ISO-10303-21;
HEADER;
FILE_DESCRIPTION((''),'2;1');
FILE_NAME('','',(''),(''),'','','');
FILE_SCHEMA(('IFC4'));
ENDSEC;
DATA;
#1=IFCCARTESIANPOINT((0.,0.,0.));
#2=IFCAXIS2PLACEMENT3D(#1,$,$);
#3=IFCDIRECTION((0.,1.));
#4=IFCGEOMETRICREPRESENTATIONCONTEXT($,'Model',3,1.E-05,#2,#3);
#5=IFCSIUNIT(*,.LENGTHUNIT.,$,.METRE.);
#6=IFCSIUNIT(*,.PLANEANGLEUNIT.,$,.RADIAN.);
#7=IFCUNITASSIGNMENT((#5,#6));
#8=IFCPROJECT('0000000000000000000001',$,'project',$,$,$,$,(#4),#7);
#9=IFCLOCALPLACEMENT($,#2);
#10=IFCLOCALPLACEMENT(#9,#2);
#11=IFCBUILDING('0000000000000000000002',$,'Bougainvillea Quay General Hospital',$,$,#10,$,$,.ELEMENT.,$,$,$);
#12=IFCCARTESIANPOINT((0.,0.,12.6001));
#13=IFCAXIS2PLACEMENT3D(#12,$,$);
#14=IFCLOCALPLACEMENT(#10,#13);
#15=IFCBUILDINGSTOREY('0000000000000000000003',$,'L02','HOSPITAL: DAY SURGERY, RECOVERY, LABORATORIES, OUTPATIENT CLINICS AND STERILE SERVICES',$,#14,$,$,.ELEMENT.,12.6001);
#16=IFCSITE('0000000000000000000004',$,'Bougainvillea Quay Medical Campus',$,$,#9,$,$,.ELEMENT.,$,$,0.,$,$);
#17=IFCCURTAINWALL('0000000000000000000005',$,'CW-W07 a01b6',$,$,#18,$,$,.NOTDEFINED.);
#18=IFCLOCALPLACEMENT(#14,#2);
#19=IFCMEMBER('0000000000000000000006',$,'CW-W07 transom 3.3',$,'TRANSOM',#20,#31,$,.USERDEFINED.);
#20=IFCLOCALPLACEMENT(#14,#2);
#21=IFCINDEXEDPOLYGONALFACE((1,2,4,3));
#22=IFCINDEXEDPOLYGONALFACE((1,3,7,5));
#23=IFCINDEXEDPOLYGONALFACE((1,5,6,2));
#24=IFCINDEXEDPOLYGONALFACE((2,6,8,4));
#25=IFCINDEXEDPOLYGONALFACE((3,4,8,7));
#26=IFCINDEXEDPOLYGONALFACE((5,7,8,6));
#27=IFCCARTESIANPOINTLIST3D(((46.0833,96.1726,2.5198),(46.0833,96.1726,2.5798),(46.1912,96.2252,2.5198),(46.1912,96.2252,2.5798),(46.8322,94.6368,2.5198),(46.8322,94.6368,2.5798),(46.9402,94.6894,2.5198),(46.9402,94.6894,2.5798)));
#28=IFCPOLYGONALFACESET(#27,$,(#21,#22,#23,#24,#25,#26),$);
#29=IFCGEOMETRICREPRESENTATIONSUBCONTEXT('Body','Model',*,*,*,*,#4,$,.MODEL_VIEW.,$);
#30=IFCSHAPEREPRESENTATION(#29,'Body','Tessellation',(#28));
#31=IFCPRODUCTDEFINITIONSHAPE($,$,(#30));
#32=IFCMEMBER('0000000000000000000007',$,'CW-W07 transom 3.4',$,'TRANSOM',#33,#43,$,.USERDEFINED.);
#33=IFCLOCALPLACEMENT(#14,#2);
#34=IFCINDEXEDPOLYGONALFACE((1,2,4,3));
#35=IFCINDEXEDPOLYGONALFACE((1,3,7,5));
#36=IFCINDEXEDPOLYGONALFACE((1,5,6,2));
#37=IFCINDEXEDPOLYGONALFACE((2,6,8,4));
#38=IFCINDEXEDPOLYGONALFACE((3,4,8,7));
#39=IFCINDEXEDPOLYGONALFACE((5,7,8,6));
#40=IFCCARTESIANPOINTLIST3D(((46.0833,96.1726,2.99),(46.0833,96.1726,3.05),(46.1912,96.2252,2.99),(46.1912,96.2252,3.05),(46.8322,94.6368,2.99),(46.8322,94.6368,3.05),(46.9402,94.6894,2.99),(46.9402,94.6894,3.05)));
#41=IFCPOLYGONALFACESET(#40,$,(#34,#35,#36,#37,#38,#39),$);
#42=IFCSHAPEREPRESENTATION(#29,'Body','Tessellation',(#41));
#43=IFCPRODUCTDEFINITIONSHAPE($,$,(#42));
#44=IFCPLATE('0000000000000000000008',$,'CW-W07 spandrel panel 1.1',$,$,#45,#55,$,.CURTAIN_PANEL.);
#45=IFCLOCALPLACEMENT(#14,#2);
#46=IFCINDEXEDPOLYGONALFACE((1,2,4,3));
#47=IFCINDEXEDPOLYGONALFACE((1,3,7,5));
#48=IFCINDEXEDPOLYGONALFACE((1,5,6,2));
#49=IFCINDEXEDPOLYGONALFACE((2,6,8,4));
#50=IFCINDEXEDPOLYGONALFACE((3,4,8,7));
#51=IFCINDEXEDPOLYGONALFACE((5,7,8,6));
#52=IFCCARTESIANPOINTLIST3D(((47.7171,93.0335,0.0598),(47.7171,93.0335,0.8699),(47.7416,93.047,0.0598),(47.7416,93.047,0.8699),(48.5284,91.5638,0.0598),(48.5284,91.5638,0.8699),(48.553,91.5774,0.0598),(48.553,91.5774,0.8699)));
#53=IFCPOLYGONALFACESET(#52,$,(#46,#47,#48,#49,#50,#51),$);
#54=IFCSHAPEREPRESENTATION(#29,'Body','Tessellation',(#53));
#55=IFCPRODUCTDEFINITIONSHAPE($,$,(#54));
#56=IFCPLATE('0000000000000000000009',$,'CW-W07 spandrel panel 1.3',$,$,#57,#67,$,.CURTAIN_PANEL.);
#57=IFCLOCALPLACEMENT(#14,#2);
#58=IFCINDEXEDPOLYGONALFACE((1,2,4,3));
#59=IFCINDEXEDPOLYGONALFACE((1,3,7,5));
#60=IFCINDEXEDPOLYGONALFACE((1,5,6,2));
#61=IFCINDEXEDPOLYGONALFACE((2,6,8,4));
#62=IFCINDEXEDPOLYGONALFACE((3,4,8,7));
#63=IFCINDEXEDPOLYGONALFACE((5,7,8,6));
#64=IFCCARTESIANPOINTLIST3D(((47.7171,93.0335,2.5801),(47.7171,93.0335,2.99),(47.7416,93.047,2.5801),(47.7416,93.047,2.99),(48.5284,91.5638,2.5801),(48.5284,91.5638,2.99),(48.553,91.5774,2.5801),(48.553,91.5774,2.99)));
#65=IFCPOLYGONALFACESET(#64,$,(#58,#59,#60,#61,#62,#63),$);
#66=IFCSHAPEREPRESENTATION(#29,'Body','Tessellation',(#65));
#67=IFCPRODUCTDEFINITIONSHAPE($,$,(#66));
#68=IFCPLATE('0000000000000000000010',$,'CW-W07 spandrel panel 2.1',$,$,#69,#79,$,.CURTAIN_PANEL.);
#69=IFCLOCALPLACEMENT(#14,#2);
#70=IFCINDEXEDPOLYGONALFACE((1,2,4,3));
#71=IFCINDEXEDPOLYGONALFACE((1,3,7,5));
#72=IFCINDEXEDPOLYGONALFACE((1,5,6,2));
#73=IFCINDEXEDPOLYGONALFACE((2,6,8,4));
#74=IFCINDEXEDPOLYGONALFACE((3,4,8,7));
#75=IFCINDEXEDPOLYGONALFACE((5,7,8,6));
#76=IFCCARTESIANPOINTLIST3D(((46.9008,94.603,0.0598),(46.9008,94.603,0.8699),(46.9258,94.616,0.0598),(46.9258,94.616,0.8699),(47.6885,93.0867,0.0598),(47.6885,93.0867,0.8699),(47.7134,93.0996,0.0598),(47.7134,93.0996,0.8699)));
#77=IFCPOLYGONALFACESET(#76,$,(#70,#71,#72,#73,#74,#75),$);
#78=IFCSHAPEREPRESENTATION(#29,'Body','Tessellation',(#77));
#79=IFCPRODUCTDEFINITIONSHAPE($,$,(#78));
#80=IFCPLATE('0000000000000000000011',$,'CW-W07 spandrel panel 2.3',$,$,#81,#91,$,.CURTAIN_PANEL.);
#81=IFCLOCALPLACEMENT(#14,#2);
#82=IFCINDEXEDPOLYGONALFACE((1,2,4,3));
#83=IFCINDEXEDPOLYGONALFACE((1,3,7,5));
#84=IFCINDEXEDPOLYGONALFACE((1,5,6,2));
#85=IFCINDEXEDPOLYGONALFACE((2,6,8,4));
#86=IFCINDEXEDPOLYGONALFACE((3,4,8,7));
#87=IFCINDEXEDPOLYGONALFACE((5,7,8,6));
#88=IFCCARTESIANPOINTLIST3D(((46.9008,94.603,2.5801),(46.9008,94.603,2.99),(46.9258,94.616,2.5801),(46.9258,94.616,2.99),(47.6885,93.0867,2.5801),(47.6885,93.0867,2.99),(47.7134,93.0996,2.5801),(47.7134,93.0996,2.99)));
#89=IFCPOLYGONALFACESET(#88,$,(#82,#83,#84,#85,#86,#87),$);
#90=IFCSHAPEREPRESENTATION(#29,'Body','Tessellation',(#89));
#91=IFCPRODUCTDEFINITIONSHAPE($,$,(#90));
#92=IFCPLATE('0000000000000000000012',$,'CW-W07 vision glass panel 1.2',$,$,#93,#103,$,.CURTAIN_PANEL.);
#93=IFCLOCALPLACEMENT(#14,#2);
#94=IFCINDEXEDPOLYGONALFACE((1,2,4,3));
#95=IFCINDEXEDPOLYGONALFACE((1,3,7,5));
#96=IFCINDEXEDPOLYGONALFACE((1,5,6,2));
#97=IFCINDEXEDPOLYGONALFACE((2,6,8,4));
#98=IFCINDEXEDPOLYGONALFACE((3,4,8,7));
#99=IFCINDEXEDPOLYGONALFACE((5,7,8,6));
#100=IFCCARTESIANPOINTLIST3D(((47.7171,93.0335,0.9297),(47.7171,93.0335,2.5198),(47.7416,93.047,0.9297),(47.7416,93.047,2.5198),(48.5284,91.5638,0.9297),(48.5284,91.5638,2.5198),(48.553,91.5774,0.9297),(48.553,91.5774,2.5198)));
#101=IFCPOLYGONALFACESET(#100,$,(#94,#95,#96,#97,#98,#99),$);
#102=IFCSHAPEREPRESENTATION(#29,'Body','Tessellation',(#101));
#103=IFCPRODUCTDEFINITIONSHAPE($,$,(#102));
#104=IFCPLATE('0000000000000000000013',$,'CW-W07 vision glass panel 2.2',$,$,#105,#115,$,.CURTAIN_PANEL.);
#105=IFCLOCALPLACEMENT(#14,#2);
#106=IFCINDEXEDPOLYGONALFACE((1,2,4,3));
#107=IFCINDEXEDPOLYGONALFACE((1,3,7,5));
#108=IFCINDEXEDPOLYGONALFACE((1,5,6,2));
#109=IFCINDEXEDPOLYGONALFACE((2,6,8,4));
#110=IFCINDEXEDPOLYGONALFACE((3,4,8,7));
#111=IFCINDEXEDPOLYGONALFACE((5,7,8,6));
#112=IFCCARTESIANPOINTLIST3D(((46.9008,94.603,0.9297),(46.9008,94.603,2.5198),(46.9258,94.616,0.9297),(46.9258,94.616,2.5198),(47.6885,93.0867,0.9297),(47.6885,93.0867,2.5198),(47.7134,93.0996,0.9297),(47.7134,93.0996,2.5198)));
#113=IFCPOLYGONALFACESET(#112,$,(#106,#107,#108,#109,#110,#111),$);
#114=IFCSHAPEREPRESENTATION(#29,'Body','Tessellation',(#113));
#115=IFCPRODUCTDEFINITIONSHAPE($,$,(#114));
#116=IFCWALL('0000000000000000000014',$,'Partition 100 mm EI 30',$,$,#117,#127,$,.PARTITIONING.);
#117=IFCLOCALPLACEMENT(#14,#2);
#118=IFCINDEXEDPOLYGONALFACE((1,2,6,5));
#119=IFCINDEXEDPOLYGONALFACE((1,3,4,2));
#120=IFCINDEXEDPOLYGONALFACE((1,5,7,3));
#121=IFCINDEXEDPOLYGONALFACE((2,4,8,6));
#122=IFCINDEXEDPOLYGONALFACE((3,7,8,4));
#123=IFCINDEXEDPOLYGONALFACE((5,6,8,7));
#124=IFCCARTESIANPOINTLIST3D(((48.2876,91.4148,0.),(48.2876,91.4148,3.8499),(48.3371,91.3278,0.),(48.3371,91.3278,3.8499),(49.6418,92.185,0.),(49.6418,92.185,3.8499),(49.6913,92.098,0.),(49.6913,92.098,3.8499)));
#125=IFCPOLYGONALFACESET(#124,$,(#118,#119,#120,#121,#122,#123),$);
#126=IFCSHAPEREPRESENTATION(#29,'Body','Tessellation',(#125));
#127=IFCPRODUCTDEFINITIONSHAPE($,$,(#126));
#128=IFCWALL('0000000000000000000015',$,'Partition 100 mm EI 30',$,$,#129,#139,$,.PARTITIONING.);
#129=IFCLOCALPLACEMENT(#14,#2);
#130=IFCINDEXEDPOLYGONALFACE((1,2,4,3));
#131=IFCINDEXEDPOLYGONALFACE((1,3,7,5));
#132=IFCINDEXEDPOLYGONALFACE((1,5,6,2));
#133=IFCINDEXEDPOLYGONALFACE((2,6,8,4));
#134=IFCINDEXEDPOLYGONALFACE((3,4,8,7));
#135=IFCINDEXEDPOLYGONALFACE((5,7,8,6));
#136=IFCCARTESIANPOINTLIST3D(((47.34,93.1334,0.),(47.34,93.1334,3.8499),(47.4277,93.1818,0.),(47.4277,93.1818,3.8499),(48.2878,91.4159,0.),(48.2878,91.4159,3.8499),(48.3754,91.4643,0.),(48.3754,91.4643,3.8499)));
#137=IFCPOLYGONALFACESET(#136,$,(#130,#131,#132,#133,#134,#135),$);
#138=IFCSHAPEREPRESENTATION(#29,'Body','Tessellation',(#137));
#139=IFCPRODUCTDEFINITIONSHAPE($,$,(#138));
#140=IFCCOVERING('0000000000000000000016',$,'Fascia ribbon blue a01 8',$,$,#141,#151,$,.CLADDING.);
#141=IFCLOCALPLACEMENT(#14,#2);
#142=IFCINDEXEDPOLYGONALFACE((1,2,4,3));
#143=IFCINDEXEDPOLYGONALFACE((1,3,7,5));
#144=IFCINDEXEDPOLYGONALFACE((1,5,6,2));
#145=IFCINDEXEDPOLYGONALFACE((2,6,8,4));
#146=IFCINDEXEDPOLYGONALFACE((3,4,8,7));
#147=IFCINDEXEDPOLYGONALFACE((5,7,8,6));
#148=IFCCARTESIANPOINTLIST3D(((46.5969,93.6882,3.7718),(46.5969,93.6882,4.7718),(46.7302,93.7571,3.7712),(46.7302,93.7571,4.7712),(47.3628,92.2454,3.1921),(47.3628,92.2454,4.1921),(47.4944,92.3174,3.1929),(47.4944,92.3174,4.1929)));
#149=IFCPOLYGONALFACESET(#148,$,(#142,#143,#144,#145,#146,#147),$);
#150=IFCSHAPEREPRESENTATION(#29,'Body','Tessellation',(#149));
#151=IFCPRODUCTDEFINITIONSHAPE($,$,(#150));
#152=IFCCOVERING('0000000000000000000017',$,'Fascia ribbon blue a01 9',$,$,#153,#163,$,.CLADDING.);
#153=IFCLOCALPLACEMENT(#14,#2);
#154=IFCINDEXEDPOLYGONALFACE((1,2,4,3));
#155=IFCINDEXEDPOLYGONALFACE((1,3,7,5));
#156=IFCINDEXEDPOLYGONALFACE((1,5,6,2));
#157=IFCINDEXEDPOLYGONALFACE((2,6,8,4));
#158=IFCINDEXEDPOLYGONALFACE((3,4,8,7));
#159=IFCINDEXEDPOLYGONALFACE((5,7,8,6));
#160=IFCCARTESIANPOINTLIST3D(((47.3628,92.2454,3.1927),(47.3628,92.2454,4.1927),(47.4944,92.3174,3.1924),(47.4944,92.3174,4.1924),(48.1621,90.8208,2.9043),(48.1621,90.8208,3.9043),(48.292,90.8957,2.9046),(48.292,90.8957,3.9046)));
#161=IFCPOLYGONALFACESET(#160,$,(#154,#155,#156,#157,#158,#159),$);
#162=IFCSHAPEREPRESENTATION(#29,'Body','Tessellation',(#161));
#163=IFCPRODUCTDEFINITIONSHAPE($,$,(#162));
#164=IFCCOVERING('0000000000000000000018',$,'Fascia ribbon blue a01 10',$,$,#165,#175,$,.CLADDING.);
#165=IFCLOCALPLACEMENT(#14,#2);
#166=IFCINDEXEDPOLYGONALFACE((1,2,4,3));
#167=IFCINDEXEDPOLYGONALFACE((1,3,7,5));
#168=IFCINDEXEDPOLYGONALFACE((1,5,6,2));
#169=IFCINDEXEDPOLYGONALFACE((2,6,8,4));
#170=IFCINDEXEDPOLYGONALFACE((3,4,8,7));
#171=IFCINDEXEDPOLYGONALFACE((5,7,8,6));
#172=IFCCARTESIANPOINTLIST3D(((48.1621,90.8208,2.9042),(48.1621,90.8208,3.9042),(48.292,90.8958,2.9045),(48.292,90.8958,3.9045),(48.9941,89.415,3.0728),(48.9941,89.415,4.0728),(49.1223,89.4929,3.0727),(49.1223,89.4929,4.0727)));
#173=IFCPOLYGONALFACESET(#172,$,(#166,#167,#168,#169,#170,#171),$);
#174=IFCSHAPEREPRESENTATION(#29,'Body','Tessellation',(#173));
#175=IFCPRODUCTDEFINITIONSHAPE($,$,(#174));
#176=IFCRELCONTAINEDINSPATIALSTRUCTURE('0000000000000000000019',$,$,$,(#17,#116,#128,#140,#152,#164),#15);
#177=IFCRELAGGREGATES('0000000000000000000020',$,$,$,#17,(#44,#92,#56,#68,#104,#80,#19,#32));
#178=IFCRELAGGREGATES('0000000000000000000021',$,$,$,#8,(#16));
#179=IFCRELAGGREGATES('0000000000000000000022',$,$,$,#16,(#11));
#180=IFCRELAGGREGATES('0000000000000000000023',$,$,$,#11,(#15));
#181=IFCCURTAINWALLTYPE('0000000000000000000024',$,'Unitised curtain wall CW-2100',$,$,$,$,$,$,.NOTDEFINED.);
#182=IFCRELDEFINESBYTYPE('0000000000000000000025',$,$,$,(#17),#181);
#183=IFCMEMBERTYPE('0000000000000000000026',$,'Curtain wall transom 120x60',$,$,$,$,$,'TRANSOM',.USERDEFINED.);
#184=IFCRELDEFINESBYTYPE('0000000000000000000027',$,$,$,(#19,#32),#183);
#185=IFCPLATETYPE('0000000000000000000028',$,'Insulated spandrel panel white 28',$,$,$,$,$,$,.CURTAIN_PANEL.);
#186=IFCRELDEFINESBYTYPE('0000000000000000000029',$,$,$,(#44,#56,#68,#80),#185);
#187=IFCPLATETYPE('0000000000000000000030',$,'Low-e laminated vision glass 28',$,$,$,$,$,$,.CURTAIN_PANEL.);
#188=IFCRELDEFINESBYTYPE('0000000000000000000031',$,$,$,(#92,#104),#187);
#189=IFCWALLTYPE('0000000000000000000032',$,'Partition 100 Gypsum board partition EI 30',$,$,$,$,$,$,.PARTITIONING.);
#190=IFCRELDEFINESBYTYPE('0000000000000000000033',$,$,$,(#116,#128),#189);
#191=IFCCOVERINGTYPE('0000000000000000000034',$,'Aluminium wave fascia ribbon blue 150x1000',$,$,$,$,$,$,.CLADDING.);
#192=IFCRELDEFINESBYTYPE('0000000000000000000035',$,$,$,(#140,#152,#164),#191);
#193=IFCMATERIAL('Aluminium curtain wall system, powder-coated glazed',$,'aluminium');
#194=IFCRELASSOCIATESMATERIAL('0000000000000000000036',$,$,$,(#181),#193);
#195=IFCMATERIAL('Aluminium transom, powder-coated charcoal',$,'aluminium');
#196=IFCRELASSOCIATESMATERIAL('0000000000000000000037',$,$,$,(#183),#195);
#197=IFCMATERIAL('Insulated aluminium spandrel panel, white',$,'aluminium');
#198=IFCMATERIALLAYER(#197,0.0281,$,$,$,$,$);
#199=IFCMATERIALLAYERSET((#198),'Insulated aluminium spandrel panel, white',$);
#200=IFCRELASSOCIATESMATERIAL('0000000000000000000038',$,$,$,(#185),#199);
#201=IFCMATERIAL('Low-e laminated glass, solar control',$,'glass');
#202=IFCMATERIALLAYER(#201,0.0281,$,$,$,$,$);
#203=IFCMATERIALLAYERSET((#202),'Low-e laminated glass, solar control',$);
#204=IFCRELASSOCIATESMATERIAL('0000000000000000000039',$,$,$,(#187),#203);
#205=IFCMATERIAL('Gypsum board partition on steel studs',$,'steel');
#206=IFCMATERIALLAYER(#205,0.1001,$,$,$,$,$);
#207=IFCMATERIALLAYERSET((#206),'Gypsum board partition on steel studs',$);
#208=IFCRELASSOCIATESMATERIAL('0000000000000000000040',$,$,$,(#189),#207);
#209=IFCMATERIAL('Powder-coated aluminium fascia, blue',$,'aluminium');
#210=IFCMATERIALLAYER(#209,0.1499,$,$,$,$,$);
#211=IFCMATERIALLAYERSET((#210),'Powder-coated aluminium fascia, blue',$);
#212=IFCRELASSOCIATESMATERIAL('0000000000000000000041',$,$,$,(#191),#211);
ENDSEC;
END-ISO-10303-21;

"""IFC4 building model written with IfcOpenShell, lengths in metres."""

from ifc_helpers import new_model, si_unit, direction, frame, frame_2d, origin, origin_2d, place, context, subcontext, project, spatial, polyline, rectangle, outline, extrude, material, layer, layer_set, material_profile, profile_set, type_object, element, aggregate, save


model = new_model("IFC4")

# Units and contexts
model_context = context("Model", 3, precision=1e-05, world=origin(), true_north=direction((0.0, 1.0)))
body_context = subcontext(model_context, "Body", "Model", "MODEL_VIEW")
ifc_project = project(units=[si_unit("LENGTHUNIT", "METRE"), si_unit("PLANEANGLEUNIT", "RADIAN")], contexts=[model_context])

# Site, building, storey
site_placement = place(None, origin())
site = spatial("IfcSite", under=ifc_project, at=site_placement, Name="Bougainvillea Quay Medical Campus", CompositionType="ELEMENT", RefElevation=0.0)
building_placement = place(site_placement, origin())
building = spatial("IfcBuilding", under=site, at=building_placement, Name="Bougainvillea Quay General Hospital", CompositionType="ELEMENT")
storey_placement = place(building_placement, frame((0.0, 0.0, 12.6001)))
storey = spatial("IfcBuildingStorey", under=building, at=storey_placement, Name="L02", Description="HOSPITAL: DAY SURGERY, RECOVERY, LABORATORIES, OUTPATIENT CLINICS AND STERILE SERVICES", CompositionType="ELEMENT", Elevation=12.6001)

# Shared definitions
ifc_material_1 = material(Name="Aluminium curtain wall system, powder-coated glazed", Category="aluminium")
curtain_wall_type = type_object("IfcCurtainWallType", Name="Unitised curtain wall CW-2100", PredefinedType="NOTDEFINED", material=ifc_material_1)

# Curtain wall, members, plates
curtain_wall_1_placement = place(storey_placement, origin())
curtain_wall_1 = element("IfcCurtainWall", 1, at=curtain_wall_1_placement, inside=storey, type_object=curtain_wall_type, Name="CW-W07 a01b6", PredefinedType="NOTDEFINED")
ifc_material_2 = material(Name="Aluminium transom, powder-coated charcoal", Category="aluminium")
ifc_material_profile_1 = material_profile(ifc_material_2, rectangle(XDim=0.1201, YDim=0.0601, at=origin_2d()))
ifc_profile_set_1 = profile_set([ifc_material_profile_1], Name="Aluminium transom, powder-coated charcoal")
member_type_1 = type_object("IfcMemberType", Name="Curtain wall transom 120x60", ElementType="TRANSOM", PredefinedType="USERDEFINED", material=ifc_profile_set_1)
member_1_placement = place(storey_placement, frame((46.8862, 94.6631, 2.5498), z_axis=(-0.438334, 0.898812, 0.0), x_axis=(-0.898812, -0.438334, 0.0)))
member_1 = element("IfcMember", 2, at=member_1_placement, type_object=member_type_1, Name="CW-W07 transom 3.3", ObjectType="TRANSOM", PredefinedType="USERDEFINED", context=body_context, shape_type="SweptSolid", body=[
    extrude(rectangle(XDim=0.1201, YDim=0.0601, at=origin_2d()), origin(), (0.0, 0.0, 1.0), 1.7087),
])
member_2_placement = place(storey_placement, frame((46.8862, 94.6631, 3.02), z_axis=(-0.438334, 0.898812, 0.0), x_axis=(-0.898812, -0.438334, 0.0)))
member_2 = element("IfcMember", 3, at=member_2_placement, type_object=member_type_1, Name="CW-W07 transom 3.4", ObjectType="TRANSOM", PredefinedType="USERDEFINED", context=body_context, shape_type="SweptSolid", body=[
    extrude(rectangle(XDim=0.1201, YDim=0.0601, at=origin_2d()), origin(), (0.0, 0.0, 1.0), 1.7087),
])
ifc_material_3 = material(Name="Insulated aluminium spandrel panel, white", Category="aluminium")
ifc_layer_1 = layer(ifc_material_3, 0.0281)
ifc_layer_set_1 = layer_set([ifc_layer_1], Name="Insulated aluminium spandrel panel, white")
plate_type_1 = type_object("IfcPlateType", Name="Insulated spandrel panel white 28", PredefinedType="CURTAIN_PANEL", material=ifc_layer_set_1)
plate_1_placement = place(storey_placement, frame((48.135, 92.3054, 0.0598), z_axis=(0.0, 0.0, 1.0), x_axis=(-0.483305, 0.875452, 0.0)))
plate_1 = element("IfcPlate", 4, at=plate_1_placement, type_object=plate_type_1, Name="CW-W07 spandrel panel 1.1", PredefinedType="CURTAIN_PANEL", context=body_context, shape_type="SweptSolid", body=[
    extrude(rectangle(XDim=1.6787, YDim=0.0281, at=origin_2d()), origin(), (0.0, 0.0, 1.0), 0.8101),
])
plate_2_placement = place(storey_placement, frame((48.135, 92.3054, 2.5801), z_axis=(0.0, 0.0, 1.0), x_axis=(-0.483305, 0.875452, 0.0)))
plate_2 = element("IfcPlate", 5, at=plate_2_placement, type_object=plate_type_1, Name="CW-W07 spandrel panel 1.3", PredefinedType="CURTAIN_PANEL", context=body_context, shape_type="SweptSolid", body=[
    extrude(rectangle(XDim=1.6787, YDim=0.0281, at=origin_2d()), origin(), (0.0, 0.0, 1.0), 0.4099),
])
plate_3_placement = place(storey_placement, frame((47.3071, 93.8513, 0.0598), z_axis=(0.0, 0.0, 1.0), x_axis=(-0.460951, 0.887426, 0.0)))
plate_3 = element("IfcPlate", 6, at=plate_3_placement, type_object=plate_type_1, Name="CW-W07 spandrel panel 2.1", PredefinedType="CURTAIN_PANEL", context=body_context, shape_type="SweptSolid", body=[
    extrude(rectangle(XDim=1.7087, YDim=0.0281, at=origin_2d()), origin(), (0.0, 0.0, 1.0), 0.8101),
])
plate_4_placement = place(storey_placement, frame((47.3071, 93.8513, 2.5801), z_axis=(0.0, 0.0, 1.0), x_axis=(-0.460951, 0.887426, 0.0)))
plate_4 = element("IfcPlate", 7, at=plate_4_placement, type_object=plate_type_1, Name="CW-W07 spandrel panel 2.3", PredefinedType="CURTAIN_PANEL", context=body_context, shape_type="SweptSolid", body=[
    extrude(rectangle(XDim=1.7087, YDim=0.0281, at=origin_2d()), origin(), (0.0, 0.0, 1.0), 0.4099),
])
ifc_material_4 = material(Name="Low-e laminated glass, solar control", Category="glass")
ifc_layer_2 = layer(ifc_material_4, 0.0281)
ifc_layer_set_2 = layer_set([ifc_layer_2], Name="Low-e laminated glass, solar control")
plate_type_2 = type_object("IfcPlateType", Name="Low-e laminated vision glass 28", PredefinedType="CURTAIN_PANEL", material=ifc_layer_set_2)
plate_5_placement = place(storey_placement, frame((48.135, 92.3054, 0.9297), z_axis=(0.0, 0.0, 1.0), x_axis=(-0.483305, 0.875452, 0.0)))
plate_5 = element("IfcPlate", 8, at=plate_5_placement, type_object=plate_type_2, Name="CW-W07 vision glass panel 1.2", PredefinedType="CURTAIN_PANEL", context=body_context, shape_type="SweptSolid", body=[
    extrude(rectangle(XDim=1.6787, YDim=0.0281, at=origin_2d()), origin(), (0.0, 0.0, 1.0), 1.5901),
])
plate_6_placement = place(storey_placement, frame((47.3071, 93.8513, 0.9297), z_axis=(0.0, 0.0, 1.0), x_axis=(-0.460951, 0.887426, 0.0)))
plate_6 = element("IfcPlate", 9, at=plate_6_placement, type_object=plate_type_2, Name="CW-W07 vision glass panel 2.2", PredefinedType="CURTAIN_PANEL", context=body_context, shape_type="SweptSolid", body=[
    extrude(rectangle(XDim=1.7087, YDim=0.0281, at=origin_2d()), origin(), (0.0, 0.0, 1.0), 1.5901),
])
aggregate(curtain_wall_1, [plate_1, plate_5, plate_2, plate_3, plate_6, plate_4, member_1, member_2])

# Walls
ifc_material_5 = material(Name="Gypsum board partition on steel studs", Category="steel")
ifc_layer_3 = layer(ifc_material_5, 0.1001)
ifc_layer_set_3 = layer_set([ifc_layer_3], Name="Gypsum board partition on steel studs")
wall_type = type_object("IfcWallType", Name="Partition 100 Gypsum board partition EI 30", PredefinedType="PARTITIONING", material=ifc_layer_set_3)
wall_1_placement = place(storey_placement, frame((48.3125, 91.3713, 0.0), z_axis=(0.0, 0.0, 1.0), x_axis=(0.869235, 0.4944, 0.0)))
element("IfcWall", 10, at=wall_1_placement, inside=storey, type_object=wall_type, Name="Partition 100 mm EI 30", PredefinedType="PARTITIONING", context=body_context, shape_type="SweptSolid", body=[
    extrude(rectangle(XDim=1.5579, YDim=0.1001, at=frame_2d((0.7788, 0.0))), origin(), (0.0, 0.0, 1.0), 3.8499),
])
wall_2_placement = place(storey_placement, frame((47.3838, 93.1577, 0.0), z_axis=(0.0, 0.0, 1.0), x_axis=(0.483137, -0.875545, 0.0)))
element("IfcWall", 11, at=wall_2_placement, inside=storey, type_object=wall_type, Name="Partition 100 mm EI 30", PredefinedType="PARTITIONING", context=body_context, shape_type="SweptSolid", body=[
    extrude(rectangle(XDim=1.9617, YDim=0.1001, at=frame_2d((0.981, 0.0))), origin(), (0.0, 0.0, 1.0), 3.8499),
])

# Coverings
ifc_material_6 = material(Name="Powder-coated aluminium fascia, blue", Category="aluminium")
ifc_layer_4 = layer(ifc_material_6, 0.1499)
ifc_layer_set_4 = layer_set([ifc_layer_4], Name="Powder-coated aluminium fascia, blue")
covering_type = type_object("IfcCoveringType", Name="Aluminium wave fascia ribbon blue 150x1000", PredefinedType="CLADDING", material=ifc_layer_set_4)
covering_1_placement = place(storey_placement, frame((46.7302, 93.7571, 3.7712), z_axis=(0.156333, -0.295605, 0.942432), x_axis=(0.441841, -0.832439, -0.334399)))
element("IfcCovering", 12, at=covering_1_placement, inside=storey, type_object=covering_type, Name="Fascia ribbon blue a01 8", PredefinedType="CLADDING", context=body_context, shape_type="SweptSolid", body=[
    extrude(outline(polyline([(0.0, 0.0), (1.7295, 0.0), (1.7316, -0.15), (-0.0017, -0.15), (0.0, 0.0)])), origin(), (-0.334399, 0.000472, 0.942432), 1.0),
])
covering_2_placement = place(storey_placement, frame((47.4944, 92.3174, 3.1924), z_axis=(0.085188, -0.151556, 0.984771), x_axis=(0.481849, -0.858833, -0.173857)))
element("IfcCovering", 13, at=covering_2_placement, inside=storey, type_object=covering_type, Name="Fascia ribbon blue a01 9", PredefinedType="CLADDING", context=body_context, shape_type="SweptSolid", body=[
    extrude(outline(polyline([(0.0, 0.0), (1.6553, 0.0), (1.6571, -0.1499), (-0.0016, -0.15), (0.0, 0.0)])), origin(), (-0.173857, -0.000135, 0.984771), 1.0),
])
covering_3_placement = place(storey_placement, frame((48.292, 90.8958, 2.9045), z_axis=(-0.052986, 0.087877, 0.994721), x_axis=(0.506666, -0.856014, 0.102612)))
element("IfcCovering", 14, at=covering_3_placement, inside=storey, type_object=covering_type, Name="Fascia ribbon blue a01 10", PredefinedType="CLADDING", context=body_context, shape_type="SweptSolid", body=[
    extrude(outline(polyline([(0.0, 0.0), (1.6388, 0.0), (1.6405, -0.15), (-0.0017, -0.1499), (0.0, 0.0)])), origin(), (0.102612, 0.000832, 0.994721), 1.0),
])

save(model, "model.ifc")
